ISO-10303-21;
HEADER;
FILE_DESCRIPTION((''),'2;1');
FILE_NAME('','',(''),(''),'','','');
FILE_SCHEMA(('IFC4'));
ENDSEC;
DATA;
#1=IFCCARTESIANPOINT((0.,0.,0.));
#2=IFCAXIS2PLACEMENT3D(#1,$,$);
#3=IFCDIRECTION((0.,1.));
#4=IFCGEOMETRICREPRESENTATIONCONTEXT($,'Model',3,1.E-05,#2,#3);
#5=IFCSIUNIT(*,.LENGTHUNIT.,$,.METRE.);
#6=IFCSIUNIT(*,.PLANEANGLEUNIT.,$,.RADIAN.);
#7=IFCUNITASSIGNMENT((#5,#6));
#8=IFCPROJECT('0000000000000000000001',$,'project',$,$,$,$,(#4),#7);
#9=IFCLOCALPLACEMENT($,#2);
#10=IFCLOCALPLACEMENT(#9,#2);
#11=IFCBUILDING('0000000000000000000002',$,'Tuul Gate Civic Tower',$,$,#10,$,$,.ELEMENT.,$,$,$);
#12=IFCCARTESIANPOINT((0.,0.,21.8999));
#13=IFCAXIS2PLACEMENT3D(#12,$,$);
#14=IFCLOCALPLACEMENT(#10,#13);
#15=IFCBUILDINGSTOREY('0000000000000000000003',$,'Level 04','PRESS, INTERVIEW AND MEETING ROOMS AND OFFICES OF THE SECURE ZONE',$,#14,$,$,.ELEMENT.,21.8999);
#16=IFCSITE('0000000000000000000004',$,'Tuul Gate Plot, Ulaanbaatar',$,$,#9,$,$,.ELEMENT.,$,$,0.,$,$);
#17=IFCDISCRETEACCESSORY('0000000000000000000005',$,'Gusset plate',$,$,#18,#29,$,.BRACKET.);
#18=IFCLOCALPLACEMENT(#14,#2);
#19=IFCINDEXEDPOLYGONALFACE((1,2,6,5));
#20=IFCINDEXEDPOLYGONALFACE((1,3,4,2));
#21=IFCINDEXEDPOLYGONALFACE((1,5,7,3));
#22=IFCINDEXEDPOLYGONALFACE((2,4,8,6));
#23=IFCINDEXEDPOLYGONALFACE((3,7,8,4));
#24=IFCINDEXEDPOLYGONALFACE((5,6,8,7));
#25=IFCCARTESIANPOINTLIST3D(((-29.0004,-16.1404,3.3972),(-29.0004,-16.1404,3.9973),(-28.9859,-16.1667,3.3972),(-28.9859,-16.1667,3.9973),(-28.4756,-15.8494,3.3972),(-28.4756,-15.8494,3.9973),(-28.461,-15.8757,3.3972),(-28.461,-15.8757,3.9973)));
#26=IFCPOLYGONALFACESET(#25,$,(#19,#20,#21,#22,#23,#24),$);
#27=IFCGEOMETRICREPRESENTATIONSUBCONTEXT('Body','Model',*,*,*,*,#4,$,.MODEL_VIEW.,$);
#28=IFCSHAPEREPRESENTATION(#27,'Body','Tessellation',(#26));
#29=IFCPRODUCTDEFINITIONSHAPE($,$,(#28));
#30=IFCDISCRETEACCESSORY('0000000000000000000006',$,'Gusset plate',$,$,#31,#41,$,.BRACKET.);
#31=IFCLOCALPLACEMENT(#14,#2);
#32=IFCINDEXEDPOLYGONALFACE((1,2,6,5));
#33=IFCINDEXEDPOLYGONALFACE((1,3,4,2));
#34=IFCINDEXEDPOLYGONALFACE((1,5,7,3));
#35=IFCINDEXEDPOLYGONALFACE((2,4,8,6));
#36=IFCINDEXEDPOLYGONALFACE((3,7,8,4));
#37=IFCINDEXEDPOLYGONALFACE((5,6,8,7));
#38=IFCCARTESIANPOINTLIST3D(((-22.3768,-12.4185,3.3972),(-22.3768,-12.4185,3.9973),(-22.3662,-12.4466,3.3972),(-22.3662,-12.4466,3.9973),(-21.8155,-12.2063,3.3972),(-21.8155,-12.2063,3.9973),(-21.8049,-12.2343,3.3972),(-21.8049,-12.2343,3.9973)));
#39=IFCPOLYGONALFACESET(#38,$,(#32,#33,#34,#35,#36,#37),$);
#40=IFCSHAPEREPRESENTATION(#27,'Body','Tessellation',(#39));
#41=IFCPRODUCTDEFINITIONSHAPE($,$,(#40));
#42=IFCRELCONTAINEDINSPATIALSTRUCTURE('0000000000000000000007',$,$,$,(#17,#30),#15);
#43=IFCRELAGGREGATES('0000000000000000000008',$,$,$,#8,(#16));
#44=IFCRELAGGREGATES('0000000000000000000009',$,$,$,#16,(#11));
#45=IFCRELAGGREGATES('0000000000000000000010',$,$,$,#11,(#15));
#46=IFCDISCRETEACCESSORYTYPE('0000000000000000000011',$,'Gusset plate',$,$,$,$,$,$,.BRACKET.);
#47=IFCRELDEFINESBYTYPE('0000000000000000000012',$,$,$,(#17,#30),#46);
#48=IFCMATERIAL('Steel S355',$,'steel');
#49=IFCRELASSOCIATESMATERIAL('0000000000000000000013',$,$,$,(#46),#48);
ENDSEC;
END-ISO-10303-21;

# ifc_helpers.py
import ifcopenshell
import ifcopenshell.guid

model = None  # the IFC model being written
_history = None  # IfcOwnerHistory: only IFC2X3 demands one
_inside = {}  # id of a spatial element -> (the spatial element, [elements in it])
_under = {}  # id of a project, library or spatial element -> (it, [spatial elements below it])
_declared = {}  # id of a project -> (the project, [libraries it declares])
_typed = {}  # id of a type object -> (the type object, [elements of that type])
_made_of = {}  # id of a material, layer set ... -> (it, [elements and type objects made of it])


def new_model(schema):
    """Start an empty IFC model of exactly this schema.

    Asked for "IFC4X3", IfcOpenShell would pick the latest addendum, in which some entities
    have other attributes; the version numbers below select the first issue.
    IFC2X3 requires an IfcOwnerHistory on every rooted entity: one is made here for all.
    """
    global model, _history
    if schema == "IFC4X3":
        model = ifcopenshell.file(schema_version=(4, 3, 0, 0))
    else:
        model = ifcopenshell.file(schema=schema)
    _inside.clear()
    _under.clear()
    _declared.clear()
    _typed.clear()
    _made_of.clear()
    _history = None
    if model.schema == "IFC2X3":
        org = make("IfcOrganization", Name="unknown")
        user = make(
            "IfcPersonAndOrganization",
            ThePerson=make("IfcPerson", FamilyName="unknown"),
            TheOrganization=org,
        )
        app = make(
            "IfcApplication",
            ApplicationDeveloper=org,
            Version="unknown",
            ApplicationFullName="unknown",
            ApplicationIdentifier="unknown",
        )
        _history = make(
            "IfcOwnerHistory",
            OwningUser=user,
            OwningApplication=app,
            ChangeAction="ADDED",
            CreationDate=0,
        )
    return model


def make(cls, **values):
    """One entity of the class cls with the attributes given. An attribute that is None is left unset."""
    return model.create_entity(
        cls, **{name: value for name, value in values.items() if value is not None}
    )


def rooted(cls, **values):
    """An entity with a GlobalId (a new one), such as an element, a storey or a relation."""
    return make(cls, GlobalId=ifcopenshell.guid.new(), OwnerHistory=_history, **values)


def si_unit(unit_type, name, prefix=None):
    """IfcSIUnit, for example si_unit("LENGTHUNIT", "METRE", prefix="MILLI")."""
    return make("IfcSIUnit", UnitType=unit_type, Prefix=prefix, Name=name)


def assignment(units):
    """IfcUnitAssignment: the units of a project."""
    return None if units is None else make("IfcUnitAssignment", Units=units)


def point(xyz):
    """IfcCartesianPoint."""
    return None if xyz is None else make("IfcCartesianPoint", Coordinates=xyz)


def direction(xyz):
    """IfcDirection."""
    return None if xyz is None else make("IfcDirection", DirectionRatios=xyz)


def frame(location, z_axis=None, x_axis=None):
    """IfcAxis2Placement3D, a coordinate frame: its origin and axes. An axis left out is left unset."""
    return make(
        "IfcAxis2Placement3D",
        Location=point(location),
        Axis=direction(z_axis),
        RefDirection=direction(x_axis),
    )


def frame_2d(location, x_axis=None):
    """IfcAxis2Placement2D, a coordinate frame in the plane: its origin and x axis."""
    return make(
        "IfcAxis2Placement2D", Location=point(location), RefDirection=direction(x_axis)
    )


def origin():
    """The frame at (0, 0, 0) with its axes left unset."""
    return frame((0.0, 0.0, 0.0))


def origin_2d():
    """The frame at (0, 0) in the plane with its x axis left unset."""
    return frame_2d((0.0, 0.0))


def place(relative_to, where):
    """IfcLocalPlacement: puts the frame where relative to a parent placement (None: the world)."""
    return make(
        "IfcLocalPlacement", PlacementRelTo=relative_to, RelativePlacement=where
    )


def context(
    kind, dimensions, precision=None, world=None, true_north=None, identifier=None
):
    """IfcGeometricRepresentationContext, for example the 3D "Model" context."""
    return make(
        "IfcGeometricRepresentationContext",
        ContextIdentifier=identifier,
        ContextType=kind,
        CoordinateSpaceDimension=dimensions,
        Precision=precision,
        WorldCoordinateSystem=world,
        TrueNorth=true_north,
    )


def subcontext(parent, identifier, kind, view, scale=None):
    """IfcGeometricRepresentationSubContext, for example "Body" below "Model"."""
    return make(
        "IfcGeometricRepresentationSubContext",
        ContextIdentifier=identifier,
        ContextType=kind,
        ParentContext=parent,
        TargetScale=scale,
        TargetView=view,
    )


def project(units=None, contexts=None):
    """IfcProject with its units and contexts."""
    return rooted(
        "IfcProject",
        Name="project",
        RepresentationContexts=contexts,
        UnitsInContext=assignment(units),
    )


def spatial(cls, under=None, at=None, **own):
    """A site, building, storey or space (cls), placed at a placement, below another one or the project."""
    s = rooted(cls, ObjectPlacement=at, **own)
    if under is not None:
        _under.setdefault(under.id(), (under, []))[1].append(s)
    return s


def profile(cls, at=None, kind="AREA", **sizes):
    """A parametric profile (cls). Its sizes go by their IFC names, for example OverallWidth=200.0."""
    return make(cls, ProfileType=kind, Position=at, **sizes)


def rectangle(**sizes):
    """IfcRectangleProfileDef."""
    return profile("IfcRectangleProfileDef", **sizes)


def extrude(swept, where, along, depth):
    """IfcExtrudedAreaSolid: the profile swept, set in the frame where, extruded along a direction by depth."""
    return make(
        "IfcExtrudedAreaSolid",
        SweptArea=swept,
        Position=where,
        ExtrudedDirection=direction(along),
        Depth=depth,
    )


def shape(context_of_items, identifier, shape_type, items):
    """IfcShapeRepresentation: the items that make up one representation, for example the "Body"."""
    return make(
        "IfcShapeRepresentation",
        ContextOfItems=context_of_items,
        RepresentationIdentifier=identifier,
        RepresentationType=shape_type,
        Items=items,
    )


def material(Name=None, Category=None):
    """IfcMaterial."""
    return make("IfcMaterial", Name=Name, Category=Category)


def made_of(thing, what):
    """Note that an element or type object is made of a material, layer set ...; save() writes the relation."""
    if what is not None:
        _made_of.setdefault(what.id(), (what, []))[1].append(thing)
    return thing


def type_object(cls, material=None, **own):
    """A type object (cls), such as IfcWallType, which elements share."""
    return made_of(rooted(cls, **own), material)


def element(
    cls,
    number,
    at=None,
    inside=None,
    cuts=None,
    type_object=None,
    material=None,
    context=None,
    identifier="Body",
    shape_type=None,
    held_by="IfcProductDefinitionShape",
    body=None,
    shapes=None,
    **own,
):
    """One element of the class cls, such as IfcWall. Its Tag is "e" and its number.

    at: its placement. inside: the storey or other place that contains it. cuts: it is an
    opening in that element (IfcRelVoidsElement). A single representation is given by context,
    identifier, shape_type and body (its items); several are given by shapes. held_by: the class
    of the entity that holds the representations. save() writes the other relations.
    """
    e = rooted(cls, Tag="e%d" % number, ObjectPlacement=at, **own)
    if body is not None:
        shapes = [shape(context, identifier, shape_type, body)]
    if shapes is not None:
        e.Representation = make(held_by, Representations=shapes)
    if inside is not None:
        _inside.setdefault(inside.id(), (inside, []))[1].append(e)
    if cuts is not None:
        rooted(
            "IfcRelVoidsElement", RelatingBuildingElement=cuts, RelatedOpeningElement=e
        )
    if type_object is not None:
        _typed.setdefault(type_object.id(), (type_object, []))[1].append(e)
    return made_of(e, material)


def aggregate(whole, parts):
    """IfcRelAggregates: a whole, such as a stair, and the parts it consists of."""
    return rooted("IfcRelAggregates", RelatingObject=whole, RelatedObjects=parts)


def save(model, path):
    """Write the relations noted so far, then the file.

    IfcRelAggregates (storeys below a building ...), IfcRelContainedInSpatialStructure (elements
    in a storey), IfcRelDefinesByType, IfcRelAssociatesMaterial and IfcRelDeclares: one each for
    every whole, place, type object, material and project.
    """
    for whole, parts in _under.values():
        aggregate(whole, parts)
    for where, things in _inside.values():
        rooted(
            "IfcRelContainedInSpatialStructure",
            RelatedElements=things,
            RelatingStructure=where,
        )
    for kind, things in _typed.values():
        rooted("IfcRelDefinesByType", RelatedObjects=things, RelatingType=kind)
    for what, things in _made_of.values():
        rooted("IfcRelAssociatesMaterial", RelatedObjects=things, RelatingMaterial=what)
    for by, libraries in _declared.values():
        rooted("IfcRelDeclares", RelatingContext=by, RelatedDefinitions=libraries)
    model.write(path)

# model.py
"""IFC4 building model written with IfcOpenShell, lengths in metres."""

from ifc_helpers import new_model, si_unit, direction, frame, origin, origin_2d, place, context, subcontext, project, spatial, rectangle, extrude, material, type_object, element, save


model = new_model("IFC4")

# Units and contexts
model_context = context("Model", 3, precision=1e-05, world=origin(), true_north=direction((0.0, 1.0)))
body_context = subcontext(model_context, "Body", "Model", "MODEL_VIEW")
ifc_project = project(units=[si_unit("LENGTHUNIT", "METRE"), si_unit("PLANEANGLEUNIT", "RADIAN")], contexts=[model_context])

# Site, building, storey
site_placement = place(None, origin())
site = spatial("IfcSite", under=ifc_project, at=site_placement, Name="Tuul Gate Plot, Ulaanbaatar", CompositionType="ELEMENT", RefElevation=0.0)
building_placement = place(site_placement, origin())
building = spatial("IfcBuilding", under=site, at=building_placement, Name="Tuul Gate Civic Tower", CompositionType="ELEMENT")
storey_placement = place(building_placement, frame((0.0, 0.0, 21.8999)))
storey = spatial("IfcBuildingStorey", under=building, at=storey_placement, Name="Level 04", Description="PRESS, INTERVIEW AND MEETING ROOMS AND OFFICES OF THE SECURE ZONE", CompositionType="ELEMENT", Elevation=21.8999)

# Discrete accessories
ifc_material_1 = material(Name="Steel S355", Category="steel")
discrete_accessory_type = type_object("IfcDiscreteAccessoryType", Name="Gusset plate", PredefinedType="BRACKET", material=ifc_material_1)
for number, where, z_axis, x_axis, name in (
    (1, (-28.7307, -16.0081, 3.3972), (0.0, 0.0, 1.0), (0.874598, 0.484849, 0.0), "Gusset plate"),
    (2, (-22.0908, -12.3264, 3.3972), (0.0, 0.0, 1.0), (0.935368, 0.353677, 0.0), "Gusset plate"),
):
    element("IfcDiscreteAccessory", number, at=place(storey_placement, frame(where, z_axis=z_axis, x_axis=x_axis)), inside=storey, type_object=discrete_accessory_type, Name=name, PredefinedType="BRACKET", context=body_context, shape_type="SweptSolid", body=[
        extrude(rectangle(XDim=0.6001, YDim=0.03, at=origin_2d()), origin(), (0.0, 0.0, 1.0), 0.6001),
    ])

save(model, "model.ifc")
